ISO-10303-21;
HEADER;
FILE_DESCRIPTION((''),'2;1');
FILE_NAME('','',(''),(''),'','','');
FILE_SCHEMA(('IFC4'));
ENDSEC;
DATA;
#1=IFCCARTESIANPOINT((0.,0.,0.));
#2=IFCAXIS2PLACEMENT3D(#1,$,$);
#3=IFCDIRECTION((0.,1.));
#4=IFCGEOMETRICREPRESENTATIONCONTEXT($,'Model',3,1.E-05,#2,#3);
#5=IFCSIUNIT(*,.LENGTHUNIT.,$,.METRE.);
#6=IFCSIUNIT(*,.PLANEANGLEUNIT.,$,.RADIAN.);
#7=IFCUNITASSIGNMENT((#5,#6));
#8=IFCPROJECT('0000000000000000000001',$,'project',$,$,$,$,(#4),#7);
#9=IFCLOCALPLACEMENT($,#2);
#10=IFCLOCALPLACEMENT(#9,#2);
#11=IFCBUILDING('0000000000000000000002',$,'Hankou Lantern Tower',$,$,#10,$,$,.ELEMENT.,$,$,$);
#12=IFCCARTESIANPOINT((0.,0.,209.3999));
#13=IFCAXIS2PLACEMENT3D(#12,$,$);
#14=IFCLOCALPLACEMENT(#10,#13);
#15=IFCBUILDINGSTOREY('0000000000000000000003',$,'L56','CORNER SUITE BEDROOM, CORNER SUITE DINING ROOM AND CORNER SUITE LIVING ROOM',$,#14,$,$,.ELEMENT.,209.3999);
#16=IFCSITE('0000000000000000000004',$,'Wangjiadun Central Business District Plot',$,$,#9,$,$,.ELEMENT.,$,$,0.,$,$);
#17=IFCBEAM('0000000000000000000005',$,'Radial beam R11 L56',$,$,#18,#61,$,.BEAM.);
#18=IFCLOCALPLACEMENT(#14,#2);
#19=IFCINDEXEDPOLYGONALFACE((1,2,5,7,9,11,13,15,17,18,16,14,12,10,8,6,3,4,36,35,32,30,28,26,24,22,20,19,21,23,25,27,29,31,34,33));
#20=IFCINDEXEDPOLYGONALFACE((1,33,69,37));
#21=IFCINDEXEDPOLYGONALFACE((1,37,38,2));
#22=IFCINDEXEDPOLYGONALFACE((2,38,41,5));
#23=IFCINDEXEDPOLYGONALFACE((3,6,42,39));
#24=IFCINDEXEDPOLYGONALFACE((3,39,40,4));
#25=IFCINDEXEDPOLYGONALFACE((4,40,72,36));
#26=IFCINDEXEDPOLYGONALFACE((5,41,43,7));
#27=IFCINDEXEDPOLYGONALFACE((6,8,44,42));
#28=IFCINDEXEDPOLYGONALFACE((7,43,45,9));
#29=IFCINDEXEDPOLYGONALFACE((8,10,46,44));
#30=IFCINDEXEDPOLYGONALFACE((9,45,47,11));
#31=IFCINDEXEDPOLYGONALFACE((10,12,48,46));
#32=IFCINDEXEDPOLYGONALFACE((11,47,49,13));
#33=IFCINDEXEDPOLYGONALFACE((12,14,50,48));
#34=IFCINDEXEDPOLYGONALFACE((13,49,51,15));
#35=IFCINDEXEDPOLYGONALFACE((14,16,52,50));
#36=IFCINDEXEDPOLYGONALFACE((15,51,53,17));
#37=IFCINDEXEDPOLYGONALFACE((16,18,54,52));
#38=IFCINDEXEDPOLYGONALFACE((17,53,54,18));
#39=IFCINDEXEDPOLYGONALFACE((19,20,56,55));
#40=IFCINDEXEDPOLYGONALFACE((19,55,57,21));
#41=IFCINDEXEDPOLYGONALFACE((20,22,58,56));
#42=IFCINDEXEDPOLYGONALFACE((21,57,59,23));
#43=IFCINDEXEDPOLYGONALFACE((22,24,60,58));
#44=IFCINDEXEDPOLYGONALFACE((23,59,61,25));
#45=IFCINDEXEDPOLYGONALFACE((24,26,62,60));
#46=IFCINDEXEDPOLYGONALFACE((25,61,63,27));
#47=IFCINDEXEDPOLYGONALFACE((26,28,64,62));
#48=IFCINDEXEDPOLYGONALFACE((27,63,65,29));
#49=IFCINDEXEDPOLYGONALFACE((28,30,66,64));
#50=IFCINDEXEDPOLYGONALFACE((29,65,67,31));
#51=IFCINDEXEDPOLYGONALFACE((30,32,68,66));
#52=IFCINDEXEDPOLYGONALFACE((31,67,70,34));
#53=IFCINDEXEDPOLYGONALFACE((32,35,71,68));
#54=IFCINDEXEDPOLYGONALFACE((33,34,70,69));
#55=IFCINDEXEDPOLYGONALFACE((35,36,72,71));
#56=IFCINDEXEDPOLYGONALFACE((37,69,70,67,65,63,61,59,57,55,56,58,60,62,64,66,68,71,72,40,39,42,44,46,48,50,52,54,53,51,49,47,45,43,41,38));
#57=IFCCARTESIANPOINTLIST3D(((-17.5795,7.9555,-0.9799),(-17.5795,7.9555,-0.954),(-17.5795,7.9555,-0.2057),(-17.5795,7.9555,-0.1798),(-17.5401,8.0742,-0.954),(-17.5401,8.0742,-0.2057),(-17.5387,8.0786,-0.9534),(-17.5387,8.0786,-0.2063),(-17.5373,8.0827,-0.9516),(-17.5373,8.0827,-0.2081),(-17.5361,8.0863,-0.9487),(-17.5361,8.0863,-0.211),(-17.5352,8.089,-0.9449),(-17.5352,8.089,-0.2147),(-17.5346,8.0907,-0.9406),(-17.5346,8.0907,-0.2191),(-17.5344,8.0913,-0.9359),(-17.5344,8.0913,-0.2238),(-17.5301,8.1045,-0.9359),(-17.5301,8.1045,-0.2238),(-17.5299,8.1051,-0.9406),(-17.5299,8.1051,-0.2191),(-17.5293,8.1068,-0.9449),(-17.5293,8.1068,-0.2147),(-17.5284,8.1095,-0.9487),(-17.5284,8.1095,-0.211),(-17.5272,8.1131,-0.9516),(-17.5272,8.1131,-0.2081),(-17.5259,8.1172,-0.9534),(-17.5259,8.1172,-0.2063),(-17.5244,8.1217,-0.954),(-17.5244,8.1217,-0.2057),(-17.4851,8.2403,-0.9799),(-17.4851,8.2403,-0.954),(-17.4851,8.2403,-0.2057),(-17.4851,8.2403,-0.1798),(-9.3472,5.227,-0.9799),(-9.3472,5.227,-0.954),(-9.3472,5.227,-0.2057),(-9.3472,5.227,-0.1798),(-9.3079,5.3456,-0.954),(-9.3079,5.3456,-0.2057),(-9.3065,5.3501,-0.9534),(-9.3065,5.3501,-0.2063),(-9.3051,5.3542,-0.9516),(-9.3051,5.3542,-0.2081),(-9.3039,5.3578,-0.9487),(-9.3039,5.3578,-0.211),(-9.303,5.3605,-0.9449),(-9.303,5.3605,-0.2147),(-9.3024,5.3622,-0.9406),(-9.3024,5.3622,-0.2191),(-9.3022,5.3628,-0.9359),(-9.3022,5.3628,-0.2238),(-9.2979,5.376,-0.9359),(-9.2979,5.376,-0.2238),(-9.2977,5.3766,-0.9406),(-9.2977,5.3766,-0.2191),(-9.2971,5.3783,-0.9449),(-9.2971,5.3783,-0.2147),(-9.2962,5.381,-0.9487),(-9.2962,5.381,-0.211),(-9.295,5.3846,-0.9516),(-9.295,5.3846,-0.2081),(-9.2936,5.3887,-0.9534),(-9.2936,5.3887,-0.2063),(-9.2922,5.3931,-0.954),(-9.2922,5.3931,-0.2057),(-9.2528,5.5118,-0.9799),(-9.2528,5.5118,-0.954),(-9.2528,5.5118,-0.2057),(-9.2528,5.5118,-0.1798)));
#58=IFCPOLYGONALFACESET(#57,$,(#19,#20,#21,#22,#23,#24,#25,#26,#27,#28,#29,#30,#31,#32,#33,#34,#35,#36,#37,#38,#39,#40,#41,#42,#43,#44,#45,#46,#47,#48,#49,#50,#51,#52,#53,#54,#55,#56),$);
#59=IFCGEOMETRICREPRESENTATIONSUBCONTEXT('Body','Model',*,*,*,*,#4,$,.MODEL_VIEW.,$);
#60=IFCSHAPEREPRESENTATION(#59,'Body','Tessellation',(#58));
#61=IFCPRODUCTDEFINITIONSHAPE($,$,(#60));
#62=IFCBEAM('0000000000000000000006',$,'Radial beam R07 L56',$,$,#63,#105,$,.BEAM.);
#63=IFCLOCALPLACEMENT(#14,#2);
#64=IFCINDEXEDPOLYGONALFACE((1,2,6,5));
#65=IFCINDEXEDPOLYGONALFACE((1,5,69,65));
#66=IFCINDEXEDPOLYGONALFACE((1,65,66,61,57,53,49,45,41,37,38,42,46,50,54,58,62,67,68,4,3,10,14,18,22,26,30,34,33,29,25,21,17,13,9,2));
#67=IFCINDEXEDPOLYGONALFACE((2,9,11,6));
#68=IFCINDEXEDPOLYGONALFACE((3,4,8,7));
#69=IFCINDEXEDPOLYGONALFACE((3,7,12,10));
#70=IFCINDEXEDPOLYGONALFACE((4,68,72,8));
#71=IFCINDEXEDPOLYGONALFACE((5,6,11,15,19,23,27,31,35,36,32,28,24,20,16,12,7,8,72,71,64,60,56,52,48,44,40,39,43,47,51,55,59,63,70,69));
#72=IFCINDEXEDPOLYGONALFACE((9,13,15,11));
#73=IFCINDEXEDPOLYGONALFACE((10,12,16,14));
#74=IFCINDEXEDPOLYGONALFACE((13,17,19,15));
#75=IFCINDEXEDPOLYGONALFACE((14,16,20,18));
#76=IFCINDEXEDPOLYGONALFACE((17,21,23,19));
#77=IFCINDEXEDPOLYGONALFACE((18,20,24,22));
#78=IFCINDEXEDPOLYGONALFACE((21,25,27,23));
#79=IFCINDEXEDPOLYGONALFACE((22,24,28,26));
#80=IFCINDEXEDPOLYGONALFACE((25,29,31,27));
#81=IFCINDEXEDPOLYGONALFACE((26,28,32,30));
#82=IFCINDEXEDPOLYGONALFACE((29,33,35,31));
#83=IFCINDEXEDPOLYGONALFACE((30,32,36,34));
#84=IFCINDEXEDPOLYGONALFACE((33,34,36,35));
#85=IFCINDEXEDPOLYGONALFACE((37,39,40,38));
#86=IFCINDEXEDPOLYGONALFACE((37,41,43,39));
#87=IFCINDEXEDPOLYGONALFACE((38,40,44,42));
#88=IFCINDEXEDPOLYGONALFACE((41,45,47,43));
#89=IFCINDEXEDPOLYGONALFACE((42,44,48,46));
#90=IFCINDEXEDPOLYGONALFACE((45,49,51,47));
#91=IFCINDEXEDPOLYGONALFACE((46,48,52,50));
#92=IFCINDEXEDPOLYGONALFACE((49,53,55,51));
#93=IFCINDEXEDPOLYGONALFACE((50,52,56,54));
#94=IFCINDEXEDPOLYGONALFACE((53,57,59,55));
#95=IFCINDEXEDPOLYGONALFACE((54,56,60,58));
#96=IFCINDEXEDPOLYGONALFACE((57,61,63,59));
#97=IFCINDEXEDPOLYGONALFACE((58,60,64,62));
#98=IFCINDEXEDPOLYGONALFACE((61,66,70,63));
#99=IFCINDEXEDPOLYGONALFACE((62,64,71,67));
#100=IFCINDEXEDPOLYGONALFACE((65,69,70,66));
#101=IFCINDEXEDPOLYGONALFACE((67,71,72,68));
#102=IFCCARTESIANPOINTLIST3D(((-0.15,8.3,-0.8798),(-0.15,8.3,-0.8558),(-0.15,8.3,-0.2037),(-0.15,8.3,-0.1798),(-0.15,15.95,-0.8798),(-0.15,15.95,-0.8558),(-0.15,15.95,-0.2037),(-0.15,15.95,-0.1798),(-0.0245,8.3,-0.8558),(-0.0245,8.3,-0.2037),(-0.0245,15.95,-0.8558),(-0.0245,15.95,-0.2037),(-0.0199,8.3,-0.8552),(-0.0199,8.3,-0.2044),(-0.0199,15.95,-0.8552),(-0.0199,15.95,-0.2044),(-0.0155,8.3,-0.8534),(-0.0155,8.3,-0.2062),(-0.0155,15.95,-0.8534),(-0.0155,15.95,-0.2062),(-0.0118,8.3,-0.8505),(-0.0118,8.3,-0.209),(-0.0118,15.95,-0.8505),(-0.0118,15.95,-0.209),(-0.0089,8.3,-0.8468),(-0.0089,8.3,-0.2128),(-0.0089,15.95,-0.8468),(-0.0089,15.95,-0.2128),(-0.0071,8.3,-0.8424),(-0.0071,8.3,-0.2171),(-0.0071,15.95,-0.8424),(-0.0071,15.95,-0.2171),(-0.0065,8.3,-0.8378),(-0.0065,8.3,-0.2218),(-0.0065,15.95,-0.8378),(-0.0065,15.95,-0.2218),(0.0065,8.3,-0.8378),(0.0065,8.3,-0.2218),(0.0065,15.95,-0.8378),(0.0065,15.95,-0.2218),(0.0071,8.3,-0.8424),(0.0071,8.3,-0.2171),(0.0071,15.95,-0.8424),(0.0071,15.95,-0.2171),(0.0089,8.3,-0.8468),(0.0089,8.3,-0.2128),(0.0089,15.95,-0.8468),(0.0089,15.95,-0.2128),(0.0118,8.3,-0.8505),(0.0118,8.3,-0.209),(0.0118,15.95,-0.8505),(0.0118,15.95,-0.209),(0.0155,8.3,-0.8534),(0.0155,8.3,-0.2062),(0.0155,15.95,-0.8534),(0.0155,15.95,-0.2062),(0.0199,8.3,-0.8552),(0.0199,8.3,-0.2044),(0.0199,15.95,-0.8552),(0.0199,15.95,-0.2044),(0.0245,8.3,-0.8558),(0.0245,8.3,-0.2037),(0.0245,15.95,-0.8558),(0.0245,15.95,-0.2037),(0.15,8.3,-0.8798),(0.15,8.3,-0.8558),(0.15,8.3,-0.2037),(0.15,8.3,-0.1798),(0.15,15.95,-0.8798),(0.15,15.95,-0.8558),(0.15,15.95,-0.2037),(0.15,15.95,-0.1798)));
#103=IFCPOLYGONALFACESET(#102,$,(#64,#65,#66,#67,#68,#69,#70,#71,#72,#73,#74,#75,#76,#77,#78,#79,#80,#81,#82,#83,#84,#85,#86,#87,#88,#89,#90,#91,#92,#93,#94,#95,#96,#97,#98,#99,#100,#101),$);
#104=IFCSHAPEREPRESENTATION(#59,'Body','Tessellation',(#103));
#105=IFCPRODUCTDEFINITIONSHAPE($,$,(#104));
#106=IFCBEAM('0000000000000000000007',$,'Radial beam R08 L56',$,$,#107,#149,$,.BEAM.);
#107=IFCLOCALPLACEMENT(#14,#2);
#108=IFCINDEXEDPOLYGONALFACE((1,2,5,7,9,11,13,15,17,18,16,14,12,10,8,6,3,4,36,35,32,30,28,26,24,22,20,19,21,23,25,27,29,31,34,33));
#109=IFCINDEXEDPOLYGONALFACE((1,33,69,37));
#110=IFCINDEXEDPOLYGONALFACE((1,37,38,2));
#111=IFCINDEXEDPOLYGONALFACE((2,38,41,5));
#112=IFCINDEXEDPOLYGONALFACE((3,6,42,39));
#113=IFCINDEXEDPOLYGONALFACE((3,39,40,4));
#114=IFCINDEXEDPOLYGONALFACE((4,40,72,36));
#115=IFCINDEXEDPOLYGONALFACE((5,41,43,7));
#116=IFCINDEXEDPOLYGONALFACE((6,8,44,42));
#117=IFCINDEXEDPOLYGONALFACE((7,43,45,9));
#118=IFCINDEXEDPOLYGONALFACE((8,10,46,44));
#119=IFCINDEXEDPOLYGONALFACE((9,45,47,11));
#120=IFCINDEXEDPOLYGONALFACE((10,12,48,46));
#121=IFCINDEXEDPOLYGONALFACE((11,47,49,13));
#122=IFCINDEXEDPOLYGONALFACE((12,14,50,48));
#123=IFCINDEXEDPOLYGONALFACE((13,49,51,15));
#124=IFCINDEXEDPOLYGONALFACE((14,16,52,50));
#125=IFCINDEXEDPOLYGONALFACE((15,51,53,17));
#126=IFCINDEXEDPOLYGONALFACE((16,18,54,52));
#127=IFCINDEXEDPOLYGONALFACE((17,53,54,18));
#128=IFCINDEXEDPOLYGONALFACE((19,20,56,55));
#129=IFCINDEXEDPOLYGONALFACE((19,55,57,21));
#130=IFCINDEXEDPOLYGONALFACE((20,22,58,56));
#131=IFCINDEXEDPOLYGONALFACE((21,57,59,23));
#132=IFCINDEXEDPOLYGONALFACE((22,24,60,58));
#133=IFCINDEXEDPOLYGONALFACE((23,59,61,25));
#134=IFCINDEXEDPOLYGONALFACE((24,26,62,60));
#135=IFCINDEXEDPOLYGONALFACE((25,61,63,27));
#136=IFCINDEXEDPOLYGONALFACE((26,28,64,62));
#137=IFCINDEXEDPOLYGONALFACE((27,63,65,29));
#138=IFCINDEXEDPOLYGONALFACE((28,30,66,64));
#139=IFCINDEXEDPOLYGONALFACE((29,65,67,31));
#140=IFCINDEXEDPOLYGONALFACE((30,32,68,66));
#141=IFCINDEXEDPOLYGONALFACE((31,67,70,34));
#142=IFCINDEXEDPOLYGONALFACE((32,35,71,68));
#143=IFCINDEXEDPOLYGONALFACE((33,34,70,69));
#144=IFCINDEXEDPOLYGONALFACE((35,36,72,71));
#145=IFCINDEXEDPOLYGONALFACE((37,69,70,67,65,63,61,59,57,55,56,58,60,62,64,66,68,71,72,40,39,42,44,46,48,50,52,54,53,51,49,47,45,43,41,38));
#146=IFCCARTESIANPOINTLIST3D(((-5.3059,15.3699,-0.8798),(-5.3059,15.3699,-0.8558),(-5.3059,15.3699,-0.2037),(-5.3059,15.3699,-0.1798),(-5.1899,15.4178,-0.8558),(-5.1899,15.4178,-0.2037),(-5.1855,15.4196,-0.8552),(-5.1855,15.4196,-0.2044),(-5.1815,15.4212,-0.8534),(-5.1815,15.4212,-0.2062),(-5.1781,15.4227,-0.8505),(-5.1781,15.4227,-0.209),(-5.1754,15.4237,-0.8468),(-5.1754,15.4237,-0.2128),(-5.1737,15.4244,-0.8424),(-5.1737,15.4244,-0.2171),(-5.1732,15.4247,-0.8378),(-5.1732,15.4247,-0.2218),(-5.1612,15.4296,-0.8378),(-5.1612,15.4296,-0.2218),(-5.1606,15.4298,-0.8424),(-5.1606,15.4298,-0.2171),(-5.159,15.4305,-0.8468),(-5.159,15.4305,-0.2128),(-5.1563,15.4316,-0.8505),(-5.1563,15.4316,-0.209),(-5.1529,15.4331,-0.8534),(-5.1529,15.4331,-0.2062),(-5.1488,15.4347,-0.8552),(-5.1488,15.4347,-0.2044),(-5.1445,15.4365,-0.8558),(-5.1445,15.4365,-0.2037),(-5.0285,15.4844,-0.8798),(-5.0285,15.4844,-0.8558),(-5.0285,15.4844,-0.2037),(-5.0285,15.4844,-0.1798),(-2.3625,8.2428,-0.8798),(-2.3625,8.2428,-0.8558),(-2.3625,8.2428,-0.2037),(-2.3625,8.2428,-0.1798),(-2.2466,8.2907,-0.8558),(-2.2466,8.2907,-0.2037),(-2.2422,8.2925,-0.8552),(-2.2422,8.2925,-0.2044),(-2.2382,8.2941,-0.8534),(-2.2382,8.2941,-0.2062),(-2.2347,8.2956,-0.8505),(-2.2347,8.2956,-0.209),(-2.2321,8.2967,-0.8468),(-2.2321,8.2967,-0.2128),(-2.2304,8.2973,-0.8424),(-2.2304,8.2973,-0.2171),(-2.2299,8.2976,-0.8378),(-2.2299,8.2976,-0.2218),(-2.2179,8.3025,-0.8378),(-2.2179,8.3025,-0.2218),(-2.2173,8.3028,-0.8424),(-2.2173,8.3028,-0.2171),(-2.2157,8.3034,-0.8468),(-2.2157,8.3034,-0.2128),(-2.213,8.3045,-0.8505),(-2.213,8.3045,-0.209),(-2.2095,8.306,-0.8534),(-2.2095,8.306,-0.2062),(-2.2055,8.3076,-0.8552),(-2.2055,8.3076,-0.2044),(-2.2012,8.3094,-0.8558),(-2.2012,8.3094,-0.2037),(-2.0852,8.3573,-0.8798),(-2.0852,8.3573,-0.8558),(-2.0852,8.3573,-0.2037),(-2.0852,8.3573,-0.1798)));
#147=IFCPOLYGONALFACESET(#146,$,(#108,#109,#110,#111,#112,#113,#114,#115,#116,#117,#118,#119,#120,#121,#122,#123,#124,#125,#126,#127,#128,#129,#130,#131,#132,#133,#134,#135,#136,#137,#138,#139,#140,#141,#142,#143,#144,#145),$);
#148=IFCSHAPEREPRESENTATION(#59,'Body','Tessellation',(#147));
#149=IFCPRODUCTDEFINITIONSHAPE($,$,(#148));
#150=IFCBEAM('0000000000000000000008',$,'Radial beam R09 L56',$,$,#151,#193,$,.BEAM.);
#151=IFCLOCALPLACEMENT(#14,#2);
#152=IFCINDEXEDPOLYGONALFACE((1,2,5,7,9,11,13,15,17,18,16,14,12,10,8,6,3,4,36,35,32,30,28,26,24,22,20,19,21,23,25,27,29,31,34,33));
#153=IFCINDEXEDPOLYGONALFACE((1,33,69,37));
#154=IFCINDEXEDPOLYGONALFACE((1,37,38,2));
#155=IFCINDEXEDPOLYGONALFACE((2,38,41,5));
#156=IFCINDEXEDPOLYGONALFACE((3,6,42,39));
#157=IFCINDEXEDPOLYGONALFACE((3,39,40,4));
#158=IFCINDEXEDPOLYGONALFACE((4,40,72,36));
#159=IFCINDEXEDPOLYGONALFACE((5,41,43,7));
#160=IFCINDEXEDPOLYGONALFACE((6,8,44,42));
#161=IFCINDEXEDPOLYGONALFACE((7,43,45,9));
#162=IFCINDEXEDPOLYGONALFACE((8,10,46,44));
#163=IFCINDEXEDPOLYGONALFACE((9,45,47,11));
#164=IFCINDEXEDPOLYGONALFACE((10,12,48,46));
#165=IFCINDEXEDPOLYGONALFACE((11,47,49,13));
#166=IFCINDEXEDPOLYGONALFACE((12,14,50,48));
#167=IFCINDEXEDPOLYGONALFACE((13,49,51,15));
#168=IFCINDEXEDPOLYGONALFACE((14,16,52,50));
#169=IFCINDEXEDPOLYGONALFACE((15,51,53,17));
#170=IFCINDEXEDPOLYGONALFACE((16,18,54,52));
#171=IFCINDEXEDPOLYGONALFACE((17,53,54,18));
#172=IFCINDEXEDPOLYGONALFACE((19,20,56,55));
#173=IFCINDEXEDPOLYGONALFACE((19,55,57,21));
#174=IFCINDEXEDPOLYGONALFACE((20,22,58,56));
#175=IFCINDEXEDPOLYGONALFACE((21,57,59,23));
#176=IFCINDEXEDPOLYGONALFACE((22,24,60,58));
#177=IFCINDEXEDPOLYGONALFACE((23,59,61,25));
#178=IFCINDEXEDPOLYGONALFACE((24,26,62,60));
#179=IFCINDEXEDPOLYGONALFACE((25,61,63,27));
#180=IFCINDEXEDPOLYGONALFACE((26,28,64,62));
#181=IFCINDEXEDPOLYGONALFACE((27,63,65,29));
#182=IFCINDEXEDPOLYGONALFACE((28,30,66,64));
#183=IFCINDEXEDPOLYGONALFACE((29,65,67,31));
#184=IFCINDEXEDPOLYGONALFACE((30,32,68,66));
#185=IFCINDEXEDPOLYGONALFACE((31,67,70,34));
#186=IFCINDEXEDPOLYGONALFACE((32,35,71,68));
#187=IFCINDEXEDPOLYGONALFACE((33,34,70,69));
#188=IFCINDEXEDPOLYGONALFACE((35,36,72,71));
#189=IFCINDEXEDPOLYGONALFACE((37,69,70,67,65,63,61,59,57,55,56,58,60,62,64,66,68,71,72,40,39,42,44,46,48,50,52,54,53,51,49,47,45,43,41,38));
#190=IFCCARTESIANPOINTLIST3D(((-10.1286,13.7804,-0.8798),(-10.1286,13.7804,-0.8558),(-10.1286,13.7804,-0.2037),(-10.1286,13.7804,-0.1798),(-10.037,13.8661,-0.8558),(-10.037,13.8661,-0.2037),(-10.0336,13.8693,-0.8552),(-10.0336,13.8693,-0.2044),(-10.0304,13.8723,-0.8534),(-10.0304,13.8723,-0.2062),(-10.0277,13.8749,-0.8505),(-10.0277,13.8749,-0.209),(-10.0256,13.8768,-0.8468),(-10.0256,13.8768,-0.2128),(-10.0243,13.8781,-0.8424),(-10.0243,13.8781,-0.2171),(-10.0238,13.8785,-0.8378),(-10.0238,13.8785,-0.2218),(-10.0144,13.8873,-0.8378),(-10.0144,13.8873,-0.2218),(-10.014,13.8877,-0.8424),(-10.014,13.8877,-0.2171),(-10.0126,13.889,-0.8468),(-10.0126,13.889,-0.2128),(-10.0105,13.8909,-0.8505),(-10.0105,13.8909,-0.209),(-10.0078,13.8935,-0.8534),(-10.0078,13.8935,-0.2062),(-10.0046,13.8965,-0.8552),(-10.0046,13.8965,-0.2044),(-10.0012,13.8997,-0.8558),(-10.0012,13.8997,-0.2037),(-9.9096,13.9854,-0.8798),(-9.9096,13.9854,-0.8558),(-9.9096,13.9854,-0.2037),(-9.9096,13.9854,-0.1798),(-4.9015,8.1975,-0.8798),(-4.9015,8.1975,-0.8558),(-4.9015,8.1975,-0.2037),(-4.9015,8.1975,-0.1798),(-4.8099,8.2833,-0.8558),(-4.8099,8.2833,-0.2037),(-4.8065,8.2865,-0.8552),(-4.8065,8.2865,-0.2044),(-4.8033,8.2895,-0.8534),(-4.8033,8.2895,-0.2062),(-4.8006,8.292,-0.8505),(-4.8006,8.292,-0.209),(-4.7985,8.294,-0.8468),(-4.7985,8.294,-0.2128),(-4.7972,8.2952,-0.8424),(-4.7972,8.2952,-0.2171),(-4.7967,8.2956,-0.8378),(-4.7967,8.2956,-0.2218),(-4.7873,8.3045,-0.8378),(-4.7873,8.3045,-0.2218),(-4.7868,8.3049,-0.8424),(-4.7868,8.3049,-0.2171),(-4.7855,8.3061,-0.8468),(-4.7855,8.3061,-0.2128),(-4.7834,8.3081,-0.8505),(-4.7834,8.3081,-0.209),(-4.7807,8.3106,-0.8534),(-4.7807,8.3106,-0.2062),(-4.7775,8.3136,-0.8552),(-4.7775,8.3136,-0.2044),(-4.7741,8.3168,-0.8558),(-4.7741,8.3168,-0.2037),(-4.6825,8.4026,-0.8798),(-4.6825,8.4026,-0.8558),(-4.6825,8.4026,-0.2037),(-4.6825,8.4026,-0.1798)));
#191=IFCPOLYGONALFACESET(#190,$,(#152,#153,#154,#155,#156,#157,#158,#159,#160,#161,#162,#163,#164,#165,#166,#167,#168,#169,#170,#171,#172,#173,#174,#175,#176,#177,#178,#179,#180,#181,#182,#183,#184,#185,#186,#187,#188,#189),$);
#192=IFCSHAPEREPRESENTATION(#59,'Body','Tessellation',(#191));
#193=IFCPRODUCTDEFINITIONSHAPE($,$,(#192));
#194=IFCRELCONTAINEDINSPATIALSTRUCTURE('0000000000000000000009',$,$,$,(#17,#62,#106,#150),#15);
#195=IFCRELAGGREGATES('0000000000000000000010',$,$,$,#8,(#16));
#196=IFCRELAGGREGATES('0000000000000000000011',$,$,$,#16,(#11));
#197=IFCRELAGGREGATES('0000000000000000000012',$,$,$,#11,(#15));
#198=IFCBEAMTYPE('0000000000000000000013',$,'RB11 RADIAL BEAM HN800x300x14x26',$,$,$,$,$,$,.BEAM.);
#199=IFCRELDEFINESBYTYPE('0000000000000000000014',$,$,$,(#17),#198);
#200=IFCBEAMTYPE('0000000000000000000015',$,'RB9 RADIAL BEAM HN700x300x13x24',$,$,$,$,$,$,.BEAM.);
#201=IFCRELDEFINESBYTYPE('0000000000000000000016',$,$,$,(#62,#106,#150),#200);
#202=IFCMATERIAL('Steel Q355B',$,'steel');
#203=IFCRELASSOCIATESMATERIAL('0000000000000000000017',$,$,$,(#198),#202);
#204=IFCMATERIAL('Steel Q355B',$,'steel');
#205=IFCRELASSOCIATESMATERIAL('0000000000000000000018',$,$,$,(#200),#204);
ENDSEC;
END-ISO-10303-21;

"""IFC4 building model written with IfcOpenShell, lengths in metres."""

from ifc_helpers import new_model, si_unit, direction, frame, origin, origin_2d, place, context, subcontext, project, spatial, i_section, extrude, material, material_profile, profile_set, type_object, element, save


model = new_model("IFC4")

# Units and contexts
model_context = context("Model", 3, precision=1e-05, world=origin(), true_north=direction((0.0, 1.0)))
body_context = subcontext(model_context, "Body", "Model", "MODEL_VIEW")
ifc_project = project(units=[si_unit("LENGTHUNIT", "METRE"), si_unit("PLANEANGLEUNIT", "RADIAN")], contexts=[model_context])

# Site, building, storey
site_placement = place(None, origin())
site = spatial("IfcSite", under=ifc_project, at=site_placement, Name="Wangjiadun Central Business District Plot", CompositionType="ELEMENT", RefElevation=0.0)
building_placement = place(site_placement, origin())
building = spatial("IfcBuilding", under=site, at=building_placement, Name="Hankou Lantern Tower", CompositionType="ELEMENT")
storey_placement = place(building_placement, frame((0.0, 0.0, 209.3999)))
storey = spatial("IfcBuildingStorey", under=building, at=storey_placement, Name="L56", Description="CORNER SUITE BEDROOM, CORNER SUITE DINING ROOM AND CORNER SUITE LIVING ROOM", CompositionType="ELEMENT", Elevation=209.3999)

# Beams
ifc_material_1 = material(Name="Steel Q355B", Category="steel")
ifc_material_profile_1 = material_profile(ifc_material_1, i_section(OverallWidth=0.3, OverallDepth=0.8, WebThickness=0.0139, FlangeThickness=0.0259, FilletRadius=0.0181, at=origin_2d()), Name="HN800x300x14x26")
ifc_profile_set_1 = profile_set([ifc_material_profile_1], Name="Steel Q355B")
beam_type_1 = type_object("IfcBeamType", Name="RB11 RADIAL BEAM HN800x300x14x26", PredefinedType="BEAM", material=ifc_profile_set_1)
beam_1_placement = place(storey_placement, frame((-9.3, 5.3694, -0.5798), z_axis=(-0.94922, 0.314614, 0.0), x_axis=(-0.314614, -0.94922, 0.0)))
element("IfcBeam", 1, at=beam_1_placement, inside=storey, type_object=beam_type_1, Name="Radial beam R11 L56", PredefinedType="BEAM", context=body_context, shape_type="SweptSolid", body=[
    extrude(i_section(OverallWidth=0.3, OverallDepth=0.8, WebThickness=0.0139, FlangeThickness=0.0259, FilletRadius=0.0181, at=origin_2d()), origin(), (0.0, 0.0, 1.0), 8.6726),
])
ifc_material_2 = material(Name="Steel Q355B", Category="steel")
ifc_material_profile_2 = material_profile(ifc_material_2, i_section(OverallWidth=0.3, OverallDepth=0.7, WebThickness=0.0129, FlangeThickness=0.0239, FilletRadius=0.0181, at=origin_2d()), Name="HN700x300x13x24")
ifc_profile_set_2 = profile_set([ifc_material_profile_2], Name="Steel Q355B")
beam_type_2 = type_object("IfcBeamType", Name="RB9 RADIAL BEAM HN700x300x13x24", PredefinedType="BEAM", material=ifc_profile_set_2)
beam_2_placement = place(storey_placement, frame((0.0, 8.3, -0.5298), z_axis=(0.0, 1.0, 0.0), x_axis=(-1.0, 0.0, 0.0)))
element("IfcBeam", 2, at=beam_2_placement, inside=storey, type_object=beam_type_2, Name="Radial beam R07 L56", PredefinedType="BEAM", context=body_context, shape_type="SweptSolid", body=[
    extrude(i_section(OverallWidth=0.3, OverallDepth=0.7, WebThickness=0.0129, FlangeThickness=0.0239, FilletRadius=0.0181, at=origin_2d()), origin(), (0.0, 0.0, 1.0), 7.6499),
])
beam_3_placement = place(storey_placement, frame((-2.2239, 8.3, -0.5298), z_axis=(-0.381707, 0.924284, 0.0), x_axis=(-0.924284, -0.381707, 0.0)))
element("IfcBeam", 3, at=beam_3_placement, inside=storey, type_object=beam_type_2, Name="Radial beam R08 L56", PredefinedType="BEAM", context=body_context, shape_type="SweptSolid", body=[
    extrude(i_section(OverallWidth=0.3, OverallDepth=0.7, WebThickness=0.0129, FlangeThickness=0.0239, FilletRadius=0.0181, at=origin_2d()), origin(), (0.0, 0.0, 1.0), 7.7109),
])
beam_4_placement = place(storey_placement, frame((-4.792, 8.3, -0.5298), z_axis=(-0.683468, 0.72998, 0.0), x_axis=(-0.72998, -0.683468, 0.0)))
element("IfcBeam", 4, at=beam_4_placement, inside=storey, type_object=beam_type_2, Name="Radial beam R09 L56", PredefinedType="BEAM", context=body_context, shape_type="SweptSolid", body=[
    extrude(i_section(OverallWidth=0.3, OverallDepth=0.7, WebThickness=0.0129, FlangeThickness=0.0239, FilletRadius=0.0181, at=origin_2d()), origin(), (0.0, 0.0, 1.0), 7.6479),
])

save(model, "model.ifc")
